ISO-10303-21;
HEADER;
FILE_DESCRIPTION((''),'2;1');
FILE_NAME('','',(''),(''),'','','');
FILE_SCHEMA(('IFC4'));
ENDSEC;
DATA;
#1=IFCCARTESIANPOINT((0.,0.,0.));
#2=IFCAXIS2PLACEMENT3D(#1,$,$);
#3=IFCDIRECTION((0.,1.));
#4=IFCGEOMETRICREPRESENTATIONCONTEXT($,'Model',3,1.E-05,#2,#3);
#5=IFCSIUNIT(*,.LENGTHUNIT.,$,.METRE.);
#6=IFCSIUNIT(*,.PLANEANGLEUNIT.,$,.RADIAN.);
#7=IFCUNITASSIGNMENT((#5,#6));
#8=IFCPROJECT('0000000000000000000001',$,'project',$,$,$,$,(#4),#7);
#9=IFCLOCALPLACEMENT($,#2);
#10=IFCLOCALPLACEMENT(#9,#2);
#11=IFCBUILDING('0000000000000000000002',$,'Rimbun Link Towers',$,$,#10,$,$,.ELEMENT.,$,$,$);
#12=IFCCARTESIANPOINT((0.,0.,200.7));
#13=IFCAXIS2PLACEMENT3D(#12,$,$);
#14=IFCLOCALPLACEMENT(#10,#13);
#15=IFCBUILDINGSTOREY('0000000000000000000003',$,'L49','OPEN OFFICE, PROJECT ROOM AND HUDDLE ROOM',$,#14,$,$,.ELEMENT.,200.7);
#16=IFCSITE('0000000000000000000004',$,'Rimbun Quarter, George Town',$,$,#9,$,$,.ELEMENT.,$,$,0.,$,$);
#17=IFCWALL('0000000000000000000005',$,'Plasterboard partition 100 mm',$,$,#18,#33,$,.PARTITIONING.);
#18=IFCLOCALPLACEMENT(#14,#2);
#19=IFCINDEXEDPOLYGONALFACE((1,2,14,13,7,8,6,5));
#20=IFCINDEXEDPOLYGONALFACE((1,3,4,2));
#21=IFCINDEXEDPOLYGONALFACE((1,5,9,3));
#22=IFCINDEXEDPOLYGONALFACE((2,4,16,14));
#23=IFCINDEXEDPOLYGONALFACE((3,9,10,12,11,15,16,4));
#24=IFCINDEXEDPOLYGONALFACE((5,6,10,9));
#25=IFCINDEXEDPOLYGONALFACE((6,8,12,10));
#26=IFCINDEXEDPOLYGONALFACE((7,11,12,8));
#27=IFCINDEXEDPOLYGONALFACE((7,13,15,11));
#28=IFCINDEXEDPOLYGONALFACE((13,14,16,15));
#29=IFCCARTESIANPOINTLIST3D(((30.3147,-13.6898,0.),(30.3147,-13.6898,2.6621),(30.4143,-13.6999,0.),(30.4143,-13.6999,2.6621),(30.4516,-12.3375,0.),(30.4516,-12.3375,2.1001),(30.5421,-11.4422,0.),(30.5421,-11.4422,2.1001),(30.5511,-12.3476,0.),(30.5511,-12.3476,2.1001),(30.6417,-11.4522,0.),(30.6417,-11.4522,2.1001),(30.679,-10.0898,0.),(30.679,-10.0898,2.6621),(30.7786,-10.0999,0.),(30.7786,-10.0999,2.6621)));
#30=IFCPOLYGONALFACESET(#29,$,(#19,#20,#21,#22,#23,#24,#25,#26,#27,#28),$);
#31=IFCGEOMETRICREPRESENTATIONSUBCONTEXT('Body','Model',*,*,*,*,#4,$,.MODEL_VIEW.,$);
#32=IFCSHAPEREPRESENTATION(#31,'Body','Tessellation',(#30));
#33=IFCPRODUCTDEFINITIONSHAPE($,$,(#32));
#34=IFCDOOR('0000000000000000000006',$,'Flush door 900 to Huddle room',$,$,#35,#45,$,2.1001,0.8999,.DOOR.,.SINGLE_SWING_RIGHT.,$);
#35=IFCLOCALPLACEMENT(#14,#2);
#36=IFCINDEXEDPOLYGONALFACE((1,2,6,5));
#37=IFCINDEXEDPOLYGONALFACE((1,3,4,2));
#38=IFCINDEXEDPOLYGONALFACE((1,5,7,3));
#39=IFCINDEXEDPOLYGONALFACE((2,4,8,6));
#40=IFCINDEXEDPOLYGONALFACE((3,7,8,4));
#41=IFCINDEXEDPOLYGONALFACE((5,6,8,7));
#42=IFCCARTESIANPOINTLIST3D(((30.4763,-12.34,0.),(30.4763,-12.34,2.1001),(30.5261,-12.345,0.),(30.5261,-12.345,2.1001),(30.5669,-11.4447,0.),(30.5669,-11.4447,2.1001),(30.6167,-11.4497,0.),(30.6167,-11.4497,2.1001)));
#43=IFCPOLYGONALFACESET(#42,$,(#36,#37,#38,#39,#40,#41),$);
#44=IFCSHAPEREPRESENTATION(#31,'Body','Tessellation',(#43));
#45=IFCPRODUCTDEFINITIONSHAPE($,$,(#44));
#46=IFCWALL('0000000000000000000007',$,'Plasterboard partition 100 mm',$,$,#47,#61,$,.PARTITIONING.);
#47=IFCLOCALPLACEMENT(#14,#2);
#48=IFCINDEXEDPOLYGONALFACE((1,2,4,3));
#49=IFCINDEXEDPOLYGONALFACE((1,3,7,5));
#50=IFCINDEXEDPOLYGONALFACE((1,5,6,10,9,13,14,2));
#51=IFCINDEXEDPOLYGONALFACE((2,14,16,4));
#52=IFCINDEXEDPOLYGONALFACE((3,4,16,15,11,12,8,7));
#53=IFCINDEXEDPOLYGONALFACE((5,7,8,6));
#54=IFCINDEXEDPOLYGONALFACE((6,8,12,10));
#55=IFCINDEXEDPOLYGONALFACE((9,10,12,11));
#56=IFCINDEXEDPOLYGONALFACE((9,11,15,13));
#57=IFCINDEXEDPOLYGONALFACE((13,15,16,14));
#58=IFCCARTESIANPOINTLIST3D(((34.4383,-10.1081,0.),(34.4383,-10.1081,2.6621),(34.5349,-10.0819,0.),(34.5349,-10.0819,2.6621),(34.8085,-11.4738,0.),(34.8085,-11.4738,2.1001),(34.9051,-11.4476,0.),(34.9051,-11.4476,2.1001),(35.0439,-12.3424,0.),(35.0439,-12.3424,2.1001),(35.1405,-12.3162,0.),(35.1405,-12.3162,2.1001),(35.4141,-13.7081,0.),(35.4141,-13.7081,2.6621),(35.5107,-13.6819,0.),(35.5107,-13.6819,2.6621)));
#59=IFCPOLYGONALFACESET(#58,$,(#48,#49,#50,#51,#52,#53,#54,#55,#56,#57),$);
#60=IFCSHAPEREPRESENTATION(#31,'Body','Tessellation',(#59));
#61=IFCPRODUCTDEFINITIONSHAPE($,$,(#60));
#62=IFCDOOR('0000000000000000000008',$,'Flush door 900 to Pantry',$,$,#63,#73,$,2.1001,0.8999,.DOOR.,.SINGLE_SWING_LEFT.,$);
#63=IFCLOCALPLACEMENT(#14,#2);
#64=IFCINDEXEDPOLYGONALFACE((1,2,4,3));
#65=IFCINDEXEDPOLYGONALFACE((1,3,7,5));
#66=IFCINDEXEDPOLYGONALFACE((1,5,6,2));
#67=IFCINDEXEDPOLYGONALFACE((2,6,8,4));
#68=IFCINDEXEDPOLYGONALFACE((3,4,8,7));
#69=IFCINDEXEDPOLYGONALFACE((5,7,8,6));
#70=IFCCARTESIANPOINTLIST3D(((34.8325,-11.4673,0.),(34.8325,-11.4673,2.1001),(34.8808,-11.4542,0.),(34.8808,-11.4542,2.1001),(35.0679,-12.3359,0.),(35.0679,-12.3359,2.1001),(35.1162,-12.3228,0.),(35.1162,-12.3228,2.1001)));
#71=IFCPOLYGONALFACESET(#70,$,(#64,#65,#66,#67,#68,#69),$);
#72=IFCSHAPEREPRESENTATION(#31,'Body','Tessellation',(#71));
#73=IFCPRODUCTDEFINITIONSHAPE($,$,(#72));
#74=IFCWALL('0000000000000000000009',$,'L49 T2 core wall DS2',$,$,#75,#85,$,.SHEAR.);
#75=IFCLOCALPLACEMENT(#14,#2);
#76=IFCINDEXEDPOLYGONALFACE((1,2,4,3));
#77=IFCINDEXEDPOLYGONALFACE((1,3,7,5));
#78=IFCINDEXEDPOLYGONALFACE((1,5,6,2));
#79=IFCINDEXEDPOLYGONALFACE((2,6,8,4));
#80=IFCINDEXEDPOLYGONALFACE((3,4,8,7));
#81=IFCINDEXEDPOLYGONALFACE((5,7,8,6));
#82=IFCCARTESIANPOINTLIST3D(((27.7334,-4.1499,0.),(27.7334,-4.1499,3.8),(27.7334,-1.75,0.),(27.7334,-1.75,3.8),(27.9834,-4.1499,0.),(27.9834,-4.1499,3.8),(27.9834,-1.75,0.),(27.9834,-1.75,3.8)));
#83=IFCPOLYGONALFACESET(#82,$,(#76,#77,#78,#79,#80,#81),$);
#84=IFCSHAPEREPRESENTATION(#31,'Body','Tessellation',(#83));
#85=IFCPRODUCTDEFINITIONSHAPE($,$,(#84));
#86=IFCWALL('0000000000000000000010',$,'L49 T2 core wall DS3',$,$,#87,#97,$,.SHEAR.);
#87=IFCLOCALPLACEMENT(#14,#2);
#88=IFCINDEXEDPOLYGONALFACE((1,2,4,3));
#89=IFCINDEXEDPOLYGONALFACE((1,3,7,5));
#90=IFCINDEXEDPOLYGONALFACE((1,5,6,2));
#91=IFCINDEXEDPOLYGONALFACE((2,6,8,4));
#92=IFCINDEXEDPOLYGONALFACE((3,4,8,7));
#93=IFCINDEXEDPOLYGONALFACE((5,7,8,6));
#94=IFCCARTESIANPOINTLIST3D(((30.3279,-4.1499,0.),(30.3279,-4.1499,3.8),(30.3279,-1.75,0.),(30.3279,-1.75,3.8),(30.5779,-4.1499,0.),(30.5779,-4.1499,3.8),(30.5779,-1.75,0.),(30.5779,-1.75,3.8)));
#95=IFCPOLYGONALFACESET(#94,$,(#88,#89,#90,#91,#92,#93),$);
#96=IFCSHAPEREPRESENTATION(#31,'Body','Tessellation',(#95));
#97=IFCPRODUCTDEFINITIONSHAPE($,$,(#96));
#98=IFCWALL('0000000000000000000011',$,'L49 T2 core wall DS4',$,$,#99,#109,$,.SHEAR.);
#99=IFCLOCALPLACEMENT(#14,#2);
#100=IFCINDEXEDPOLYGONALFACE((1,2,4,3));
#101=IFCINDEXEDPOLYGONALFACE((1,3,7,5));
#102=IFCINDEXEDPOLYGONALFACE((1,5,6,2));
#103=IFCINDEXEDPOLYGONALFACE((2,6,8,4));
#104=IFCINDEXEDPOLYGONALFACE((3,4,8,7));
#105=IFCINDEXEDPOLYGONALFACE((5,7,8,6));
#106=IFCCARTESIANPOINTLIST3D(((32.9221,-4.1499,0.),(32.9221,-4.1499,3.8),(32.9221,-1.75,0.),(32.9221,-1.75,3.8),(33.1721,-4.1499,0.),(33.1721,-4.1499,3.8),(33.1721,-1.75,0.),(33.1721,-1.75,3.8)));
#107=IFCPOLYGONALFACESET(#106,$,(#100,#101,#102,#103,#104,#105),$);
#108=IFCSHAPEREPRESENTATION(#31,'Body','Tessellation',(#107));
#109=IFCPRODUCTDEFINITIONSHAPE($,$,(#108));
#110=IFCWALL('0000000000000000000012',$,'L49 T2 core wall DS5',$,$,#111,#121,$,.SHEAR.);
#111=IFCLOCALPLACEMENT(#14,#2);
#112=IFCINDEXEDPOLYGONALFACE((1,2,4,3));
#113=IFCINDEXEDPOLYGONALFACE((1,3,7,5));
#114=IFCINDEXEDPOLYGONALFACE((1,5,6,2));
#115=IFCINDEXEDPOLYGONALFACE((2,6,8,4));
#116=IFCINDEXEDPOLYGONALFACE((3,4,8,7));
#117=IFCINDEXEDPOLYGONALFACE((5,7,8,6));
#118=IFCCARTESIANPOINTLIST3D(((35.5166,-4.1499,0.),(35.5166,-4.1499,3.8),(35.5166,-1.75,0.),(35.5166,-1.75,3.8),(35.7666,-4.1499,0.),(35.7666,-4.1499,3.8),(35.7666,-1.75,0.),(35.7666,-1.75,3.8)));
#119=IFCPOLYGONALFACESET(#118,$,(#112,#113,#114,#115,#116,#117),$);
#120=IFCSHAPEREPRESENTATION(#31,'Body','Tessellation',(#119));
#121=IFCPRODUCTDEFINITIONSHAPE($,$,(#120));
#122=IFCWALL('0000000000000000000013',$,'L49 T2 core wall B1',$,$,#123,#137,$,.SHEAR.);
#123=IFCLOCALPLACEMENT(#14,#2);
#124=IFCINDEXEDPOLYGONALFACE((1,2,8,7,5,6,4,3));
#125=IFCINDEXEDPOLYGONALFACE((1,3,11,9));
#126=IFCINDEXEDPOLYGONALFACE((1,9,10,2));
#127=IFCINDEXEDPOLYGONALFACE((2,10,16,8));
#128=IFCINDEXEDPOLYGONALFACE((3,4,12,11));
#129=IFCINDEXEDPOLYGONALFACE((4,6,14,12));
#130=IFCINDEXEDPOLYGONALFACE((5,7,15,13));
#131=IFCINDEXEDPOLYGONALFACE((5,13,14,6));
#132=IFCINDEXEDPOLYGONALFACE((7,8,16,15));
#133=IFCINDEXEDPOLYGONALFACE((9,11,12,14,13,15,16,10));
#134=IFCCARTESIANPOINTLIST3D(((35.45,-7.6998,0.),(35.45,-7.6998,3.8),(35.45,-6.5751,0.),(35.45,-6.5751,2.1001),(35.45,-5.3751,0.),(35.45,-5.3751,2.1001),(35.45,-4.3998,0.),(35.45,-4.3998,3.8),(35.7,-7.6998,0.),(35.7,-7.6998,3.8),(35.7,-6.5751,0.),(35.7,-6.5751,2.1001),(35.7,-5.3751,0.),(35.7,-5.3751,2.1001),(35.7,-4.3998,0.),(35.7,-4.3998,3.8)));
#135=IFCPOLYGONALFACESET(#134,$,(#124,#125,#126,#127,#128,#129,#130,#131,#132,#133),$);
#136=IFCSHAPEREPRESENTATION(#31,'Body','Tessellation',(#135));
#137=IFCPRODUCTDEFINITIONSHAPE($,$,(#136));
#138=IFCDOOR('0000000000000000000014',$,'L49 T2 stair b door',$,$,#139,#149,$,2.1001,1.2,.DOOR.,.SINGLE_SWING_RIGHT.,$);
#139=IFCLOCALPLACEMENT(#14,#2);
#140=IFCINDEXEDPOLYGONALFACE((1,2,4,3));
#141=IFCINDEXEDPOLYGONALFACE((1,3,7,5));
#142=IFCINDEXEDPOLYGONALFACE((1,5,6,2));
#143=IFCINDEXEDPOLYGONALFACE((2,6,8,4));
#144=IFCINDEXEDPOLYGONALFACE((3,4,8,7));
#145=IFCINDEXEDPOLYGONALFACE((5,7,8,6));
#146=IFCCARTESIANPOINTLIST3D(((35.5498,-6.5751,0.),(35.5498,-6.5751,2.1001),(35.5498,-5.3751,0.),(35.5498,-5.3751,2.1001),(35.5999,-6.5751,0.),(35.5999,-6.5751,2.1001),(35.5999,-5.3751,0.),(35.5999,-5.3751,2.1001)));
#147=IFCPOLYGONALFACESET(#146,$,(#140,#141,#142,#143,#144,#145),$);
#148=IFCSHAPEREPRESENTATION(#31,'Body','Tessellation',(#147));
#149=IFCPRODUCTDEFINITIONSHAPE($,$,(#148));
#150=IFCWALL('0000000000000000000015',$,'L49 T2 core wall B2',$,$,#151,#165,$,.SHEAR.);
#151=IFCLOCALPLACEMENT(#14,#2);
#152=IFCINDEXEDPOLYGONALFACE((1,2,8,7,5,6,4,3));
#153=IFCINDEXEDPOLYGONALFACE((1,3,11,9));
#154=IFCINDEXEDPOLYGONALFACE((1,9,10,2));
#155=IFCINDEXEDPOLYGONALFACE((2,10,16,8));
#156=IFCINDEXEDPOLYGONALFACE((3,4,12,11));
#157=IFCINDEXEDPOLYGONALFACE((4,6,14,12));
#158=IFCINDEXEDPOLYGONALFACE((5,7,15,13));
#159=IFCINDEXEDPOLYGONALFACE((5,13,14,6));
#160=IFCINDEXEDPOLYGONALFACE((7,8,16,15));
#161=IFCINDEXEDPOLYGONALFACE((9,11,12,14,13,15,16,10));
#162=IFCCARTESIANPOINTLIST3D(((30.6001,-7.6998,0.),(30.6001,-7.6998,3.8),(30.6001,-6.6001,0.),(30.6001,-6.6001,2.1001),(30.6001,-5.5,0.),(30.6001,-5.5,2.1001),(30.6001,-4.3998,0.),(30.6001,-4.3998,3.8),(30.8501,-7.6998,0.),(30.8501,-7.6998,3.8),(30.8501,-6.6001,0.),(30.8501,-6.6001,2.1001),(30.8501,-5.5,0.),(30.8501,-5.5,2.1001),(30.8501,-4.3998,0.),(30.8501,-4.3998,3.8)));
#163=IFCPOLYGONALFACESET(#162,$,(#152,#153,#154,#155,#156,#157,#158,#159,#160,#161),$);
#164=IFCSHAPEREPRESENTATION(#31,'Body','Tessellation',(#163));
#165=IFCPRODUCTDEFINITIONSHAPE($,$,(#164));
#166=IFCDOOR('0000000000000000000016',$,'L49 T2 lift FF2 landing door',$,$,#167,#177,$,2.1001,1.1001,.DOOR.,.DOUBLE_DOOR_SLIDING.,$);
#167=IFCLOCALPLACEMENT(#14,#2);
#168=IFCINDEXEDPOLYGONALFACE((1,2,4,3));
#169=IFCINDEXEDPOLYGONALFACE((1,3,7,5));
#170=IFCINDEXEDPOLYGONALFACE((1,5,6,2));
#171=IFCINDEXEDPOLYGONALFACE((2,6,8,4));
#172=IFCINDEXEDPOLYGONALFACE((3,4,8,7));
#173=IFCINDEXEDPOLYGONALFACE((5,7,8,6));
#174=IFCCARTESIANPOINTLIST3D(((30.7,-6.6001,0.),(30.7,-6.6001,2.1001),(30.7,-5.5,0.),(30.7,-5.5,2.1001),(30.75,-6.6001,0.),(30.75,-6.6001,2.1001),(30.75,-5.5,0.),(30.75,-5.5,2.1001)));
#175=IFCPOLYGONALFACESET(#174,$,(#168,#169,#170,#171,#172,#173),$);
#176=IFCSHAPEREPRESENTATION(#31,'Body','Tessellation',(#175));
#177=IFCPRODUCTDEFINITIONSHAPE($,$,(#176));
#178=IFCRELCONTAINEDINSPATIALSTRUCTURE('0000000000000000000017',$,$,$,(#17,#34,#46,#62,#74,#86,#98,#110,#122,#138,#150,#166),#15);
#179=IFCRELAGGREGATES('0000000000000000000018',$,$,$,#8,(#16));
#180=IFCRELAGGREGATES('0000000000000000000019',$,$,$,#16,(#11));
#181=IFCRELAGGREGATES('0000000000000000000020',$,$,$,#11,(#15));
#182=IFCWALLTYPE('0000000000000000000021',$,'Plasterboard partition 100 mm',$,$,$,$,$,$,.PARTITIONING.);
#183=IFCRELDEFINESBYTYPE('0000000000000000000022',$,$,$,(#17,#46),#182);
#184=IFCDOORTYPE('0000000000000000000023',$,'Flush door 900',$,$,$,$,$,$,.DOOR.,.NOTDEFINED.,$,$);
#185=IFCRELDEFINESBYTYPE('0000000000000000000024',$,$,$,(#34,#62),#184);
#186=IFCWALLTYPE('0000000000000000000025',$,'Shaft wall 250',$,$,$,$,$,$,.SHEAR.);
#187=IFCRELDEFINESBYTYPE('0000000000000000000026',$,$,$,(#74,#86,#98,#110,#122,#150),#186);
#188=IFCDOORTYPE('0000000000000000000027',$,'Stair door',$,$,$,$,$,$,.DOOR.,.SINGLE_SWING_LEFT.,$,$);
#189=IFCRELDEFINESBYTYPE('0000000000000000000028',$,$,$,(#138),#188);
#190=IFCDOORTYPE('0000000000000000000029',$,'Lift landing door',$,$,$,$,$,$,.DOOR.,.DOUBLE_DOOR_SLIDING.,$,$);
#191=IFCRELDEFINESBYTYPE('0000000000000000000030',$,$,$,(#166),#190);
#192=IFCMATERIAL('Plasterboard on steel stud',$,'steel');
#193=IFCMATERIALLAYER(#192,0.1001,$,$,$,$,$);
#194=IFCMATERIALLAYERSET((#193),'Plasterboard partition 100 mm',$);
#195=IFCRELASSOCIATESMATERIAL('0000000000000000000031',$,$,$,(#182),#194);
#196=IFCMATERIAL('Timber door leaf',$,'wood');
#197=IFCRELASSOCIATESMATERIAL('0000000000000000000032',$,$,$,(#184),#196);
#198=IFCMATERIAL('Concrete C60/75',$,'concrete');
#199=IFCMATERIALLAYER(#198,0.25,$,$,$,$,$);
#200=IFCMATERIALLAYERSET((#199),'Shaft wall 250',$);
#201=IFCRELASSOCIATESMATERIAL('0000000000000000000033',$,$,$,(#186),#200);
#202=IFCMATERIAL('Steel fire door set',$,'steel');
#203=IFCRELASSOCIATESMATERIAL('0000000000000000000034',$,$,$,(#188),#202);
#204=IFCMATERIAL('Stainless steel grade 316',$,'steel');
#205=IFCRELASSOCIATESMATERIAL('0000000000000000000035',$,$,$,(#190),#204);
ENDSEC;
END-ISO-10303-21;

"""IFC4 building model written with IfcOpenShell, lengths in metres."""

from ifc_helpers import new_model, si_unit, direction, frame, frame_2d, origin, place, context, subcontext, project, spatial, rectangle, extrude, material, layer, layer_set, type_object, element, fill, save


model = new_model("IFC4")

# Units and contexts
model_context = context("Model", 3, precision=1e-05, world=origin(), true_north=direction((0.0, 1.0)))
body_context = subcontext(model_context, "Body", "Model", "MODEL_VIEW")
ifc_project = project(units=[si_unit("LENGTHUNIT", "METRE"), si_unit("PLANEANGLEUNIT", "RADIAN")], contexts=[model_context])

# Site, building, storey
site_placement = place(None, origin())
site = spatial("IfcSite", under=ifc_project, at=site_placement, Name="Rimbun Quarter, George Town", CompositionType="ELEMENT", RefElevation=0.0)
building_placement = place(site_placement, origin())
building = spatial("IfcBuilding", under=site, at=building_placement, Name="Rimbun Link Towers", CompositionType="ELEMENT")
storey_placement = place(building_placement, frame((0.0, 0.0, 200.7)))
storey = spatial("IfcBuildingStorey", under=building, at=storey_placement, Name="L49", Description="OPEN OFFICE, PROJECT ROOM AND HUDDLE ROOM", CompositionType="ELEMENT", Elevation=200.7)

# Walls, openings, doors
ifc_material_1 = material(Name="Plasterboard on steel stud", Category="steel")
ifc_layer_1 = layer(ifc_material_1, 0.1001)
ifc_layer_set_1 = layer_set([ifc_layer_1], Name="Plasterboard partition 100 mm")
wall_type_1 = type_object("IfcWallType", Name="Plasterboard partition 100 mm", PredefinedType="PARTITIONING", material=ifc_layer_set_1)
ifc_material_2 = material(Name="Timber door leaf", Category="wood")
door_type_1 = type_object("IfcDoorType", Name="Flush door 900", OperationType="NOTDEFINED", PredefinedType="DOOR", material=ifc_material_2)
wall_1_placement = place(storey_placement, frame((30.7288, -10.095, 0.0), z_axis=(0.0, 0.0, 1.0), x_axis=(-0.100666, -0.99492, 0.0)))
wall_1 = element("IfcWall", 1, at=wall_1_placement, inside=storey, type_object=wall_type_1, Name="Plasterboard partition 100 mm", PredefinedType="PARTITIONING", context=body_context, shape_type="SweptSolid", body=[
    extrude(rectangle(XDim=3.6184, YDim=0.1001, at=frame_2d((1.8091, 0.0))), origin(), (0.0, 0.0, 1.0), 2.6621),
])
opening_1_placement = place(wall_1_placement, frame((1.3591, 0.0, 0.0)))
opening_1 = element("IfcOpeningElement", 2, at=opening_1_placement, cuts=wall_1, PredefinedType="OPENING", context=body_context, shape_type="SweptSolid", body=[
    extrude(rectangle(XDim=0.8999, YDim=2.1001, at=frame_2d((0.45, 1.05))), frame((0.0, 0.0601, 0.0), z_axis=(0.0, -1.0, 0.0), x_axis=(1.0, 0.0, 0.0)), (0.0, 0.0, 1.0), 0.1201),
])
door_1_placement = place(opening_1_placement, origin())
door_1 = element("IfcDoor", 3, at=door_1_placement, inside=storey, type_object=door_type_1, Name="Flush door 900 to Huddle room", OperationType="SINGLE_SWING_RIGHT", OverallHeight=2.1001, OverallWidth=0.8999, PredefinedType="DOOR", context=body_context, shape_type="SweptSolid", body=[
    extrude(rectangle(XDim=0.8999, YDim=2.1001, at=frame_2d((0.45, 1.05))), frame((0.0, 0.0249, 0.0), z_axis=(0.0, -1.0, 0.0), x_axis=(1.0, 0.0, 0.0)), (0.0, 0.0, 1.0), 0.05),
])
fill(opening_1, door_1)
wall_2_placement = place(storey_placement, frame((34.4866, -10.095, 0.0), z_axis=(0.0, 0.0, 1.0), x_axis=(0.261616, -0.965172, 0.0)))
wall_2 = element("IfcWall", 4, at=wall_2_placement, inside=storey, type_object=wall_type_1, Name="Plasterboard partition 100 mm", PredefinedType="PARTITIONING", context=body_context, shape_type="SweptSolid", body=[
    extrude(rectangle(XDim=3.73, YDim=0.1001, at=frame_2d((1.865, 0.0))), origin(), (0.0, 0.0, 1.0), 2.6621),
])
opening_2_placement = place(wall_2_placement, frame((1.415, 0.0, 0.0)))
opening_2 = element("IfcOpeningElement", 5, at=opening_2_placement, cuts=wall_2, PredefinedType="OPENING", context=body_context, shape_type="SweptSolid", body=[
    extrude(rectangle(XDim=0.8999, YDim=2.1001, at=frame_2d((0.45, 1.05))), frame((0.0, 0.0601, 0.0), z_axis=(0.0, -1.0, 0.0), x_axis=(1.0, 0.0, 0.0)), (0.0, 0.0, 1.0), 0.1201),
])
door_2_placement = place(opening_2_placement, origin())
door_2 = element("IfcDoor", 6, at=door_2_placement, inside=storey, type_object=door_type_1, Name="Flush door 900 to Pantry", OperationType="SINGLE_SWING_LEFT", OverallHeight=2.1001, OverallWidth=0.8999, PredefinedType="DOOR", context=body_context, shape_type="SweptSolid", body=[
    extrude(rectangle(XDim=0.8999, YDim=2.1001, at=frame_2d((0.45, 1.05))), frame((0.0, 0.0249, 0.0), z_axis=(0.0, -1.0, 0.0), x_axis=(1.0, 0.0, 0.0)), (0.0, 0.0, 1.0), 0.05),
])
fill(opening_2, door_2)

# Walls
ifc_material_3 = material(Name="Concrete C60/75", Category="concrete")
ifc_layer_2 = layer(ifc_material_3, 0.25)
ifc_layer_set_2 = layer_set([ifc_layer_2], Name="Shaft wall 250")
wall_type_2 = type_object("IfcWallType", Name="Shaft wall 250", PredefinedType="SHEAR", material=ifc_layer_set_2)
for number, where, z_axis, x_axis, name in (
    (7, (27.8584, -4.1499, 0.0), (0.0, 0.0, 1.0), (0.0, 1.0, 0.0), "L49 T2 core wall DS2"),
    (8, (30.4529, -4.1499, 0.0), (0.0, 0.0, 1.0), (0.0, 1.0, 0.0), "L49 T2 core wall DS3"),
    (9, (33.0471, -4.1499, 0.0), (0.0, 0.0, 1.0), (0.0, 1.0, 0.0), "L49 T2 core wall DS4"),
    (10, (35.6416, -4.1499, 0.0), (0.0, 0.0, 1.0), (0.0, 1.0, 0.0), "L49 T2 core wall DS5"),
):
    element("IfcWall", number, at=place(storey_placement, frame(where, z_axis=z_axis, x_axis=x_axis)), inside=storey, type_object=wall_type_2, Name=name, PredefinedType="SHEAR", context=body_context, shape_type="SweptSolid", body=[
        extrude(rectangle(XDim=2.3999, YDim=0.25, at=frame_2d((1.2, 0.0))), origin(), (0.0, 0.0, 1.0), 3.8),
    ])

# Walls, openings, doors
wall_3_placement = place(storey_placement, frame((35.575, -4.3999, 0.0), z_axis=(0.0, 0.0, 1.0), x_axis=(0.0, -1.0, 0.0)))
wall_3 = element("IfcWall", 11, at=wall_3_placement, inside=storey, type_object=wall_type_2, Name="L49 T2 core wall B1", PredefinedType="SHEAR", context=body_context, shape_type="SweptSolid", body=[
    extrude(rectangle(XDim=3.3, YDim=0.25, at=frame_2d((1.6499, 0.0))), origin(), (0.0, 0.0, 1.0), 3.8),
])
opening_3_placement = place(wall_3_placement, frame((0.9751, 0.0, 0.0)))
opening_3 = element("IfcOpeningElement", 12, at=opening_3_placement, cuts=wall_3, PredefinedType="OPENING", context=body_context, shape_type="SweptSolid", body=[
    extrude(rectangle(XDim=1.2, YDim=2.1001, at=frame_2d((0.6001, 1.05))), frame((0.0, 0.135, 0.0), z_axis=(0.0, -1.0, 0.0), x_axis=(1.0, 0.0, 0.0)), (0.0, 0.0, 1.0), 0.27),
])
ifc_material_4 = material(Name="Steel fire door set", Category="steel")
door_type_2 = type_object("IfcDoorType", Name="Stair door", OperationType="SINGLE_SWING_LEFT", PredefinedType="DOOR", material=ifc_material_4)
door_3_placement = place(opening_3_placement, origin())
door_3 = element("IfcDoor", 13, at=door_3_placement, inside=storey, type_object=door_type_2, Name="L49 T2 stair b door", OperationType="SINGLE_SWING_RIGHT", OverallHeight=2.1001, OverallWidth=1.2, PredefinedType="DOOR", context=body_context, shape_type="SweptSolid", body=[
    extrude(rectangle(XDim=1.2, YDim=2.1001, at=frame_2d((0.6001, 1.05))), frame((0.0, 0.0249, 0.0), z_axis=(0.0, -1.0, 0.0), x_axis=(1.0, 0.0, 0.0)), (0.0, 0.0, 1.0), 0.05),
])
fill(opening_3, door_3)
wall_4_placement = place(storey_placement, frame((30.7251, -4.3999, 0.0), z_axis=(0.0, 0.0, 1.0), x_axis=(0.0, -1.0, 0.0)))
wall_4 = element("IfcWall", 14, at=wall_4_placement, inside=storey, type_object=wall_type_2, Name="L49 T2 core wall B2", PredefinedType="SHEAR", context=body_context, shape_type="SweptSolid", body=[
    extrude(rectangle(XDim=3.3, YDim=0.25, at=frame_2d((1.6499, 0.0))), origin(), (0.0, 0.0, 1.0), 3.8),
])
opening_4_placement = place(wall_4_placement, frame((1.1001, 0.0, 0.0)))
opening_4 = element("IfcOpeningElement", 15, at=opening_4_placement, cuts=wall_4, PredefinedType="OPENING", context=body_context, shape_type="SweptSolid", body=[
    extrude(rectangle(XDim=1.1001, YDim=2.1001, at=frame_2d((0.55, 1.05))), frame((0.0, 0.135, 0.0), z_axis=(0.0, -1.0, 0.0), x_axis=(1.0, 0.0, 0.0)), (0.0, 0.0, 1.0), 0.27),
])
ifc_material_5 = material(Name="Stainless steel grade 316", Category="steel")
door_type_3 = type_object("IfcDoorType", Name="Lift landing door", OperationType="DOUBLE_DOOR_SLIDING", PredefinedType="DOOR", material=ifc_material_5)
door_4_placement = place(opening_4_placement, origin())
door_4 = element("IfcDoor", 16, at=door_4_placement, inside=storey, type_object=door_type_3, Name="L49 T2 lift FF2 landing door", OperationType="DOUBLE_DOOR_SLIDING", OverallHeight=2.1001, OverallWidth=1.1001, PredefinedType="DOOR", context=body_context, shape_type="SweptSolid", body=[
    extrude(rectangle(XDim=1.1001, YDim=2.1001, at=frame_2d((0.55, 1.05))), frame((0.0, 0.0249, 0.0), z_axis=(0.0, -1.0, 0.0), x_axis=(1.0, 0.0, 0.0)), (0.0, 0.0, 1.0), 0.05),
])
fill(opening_4, door_4)

save(model, "model.ifc")
